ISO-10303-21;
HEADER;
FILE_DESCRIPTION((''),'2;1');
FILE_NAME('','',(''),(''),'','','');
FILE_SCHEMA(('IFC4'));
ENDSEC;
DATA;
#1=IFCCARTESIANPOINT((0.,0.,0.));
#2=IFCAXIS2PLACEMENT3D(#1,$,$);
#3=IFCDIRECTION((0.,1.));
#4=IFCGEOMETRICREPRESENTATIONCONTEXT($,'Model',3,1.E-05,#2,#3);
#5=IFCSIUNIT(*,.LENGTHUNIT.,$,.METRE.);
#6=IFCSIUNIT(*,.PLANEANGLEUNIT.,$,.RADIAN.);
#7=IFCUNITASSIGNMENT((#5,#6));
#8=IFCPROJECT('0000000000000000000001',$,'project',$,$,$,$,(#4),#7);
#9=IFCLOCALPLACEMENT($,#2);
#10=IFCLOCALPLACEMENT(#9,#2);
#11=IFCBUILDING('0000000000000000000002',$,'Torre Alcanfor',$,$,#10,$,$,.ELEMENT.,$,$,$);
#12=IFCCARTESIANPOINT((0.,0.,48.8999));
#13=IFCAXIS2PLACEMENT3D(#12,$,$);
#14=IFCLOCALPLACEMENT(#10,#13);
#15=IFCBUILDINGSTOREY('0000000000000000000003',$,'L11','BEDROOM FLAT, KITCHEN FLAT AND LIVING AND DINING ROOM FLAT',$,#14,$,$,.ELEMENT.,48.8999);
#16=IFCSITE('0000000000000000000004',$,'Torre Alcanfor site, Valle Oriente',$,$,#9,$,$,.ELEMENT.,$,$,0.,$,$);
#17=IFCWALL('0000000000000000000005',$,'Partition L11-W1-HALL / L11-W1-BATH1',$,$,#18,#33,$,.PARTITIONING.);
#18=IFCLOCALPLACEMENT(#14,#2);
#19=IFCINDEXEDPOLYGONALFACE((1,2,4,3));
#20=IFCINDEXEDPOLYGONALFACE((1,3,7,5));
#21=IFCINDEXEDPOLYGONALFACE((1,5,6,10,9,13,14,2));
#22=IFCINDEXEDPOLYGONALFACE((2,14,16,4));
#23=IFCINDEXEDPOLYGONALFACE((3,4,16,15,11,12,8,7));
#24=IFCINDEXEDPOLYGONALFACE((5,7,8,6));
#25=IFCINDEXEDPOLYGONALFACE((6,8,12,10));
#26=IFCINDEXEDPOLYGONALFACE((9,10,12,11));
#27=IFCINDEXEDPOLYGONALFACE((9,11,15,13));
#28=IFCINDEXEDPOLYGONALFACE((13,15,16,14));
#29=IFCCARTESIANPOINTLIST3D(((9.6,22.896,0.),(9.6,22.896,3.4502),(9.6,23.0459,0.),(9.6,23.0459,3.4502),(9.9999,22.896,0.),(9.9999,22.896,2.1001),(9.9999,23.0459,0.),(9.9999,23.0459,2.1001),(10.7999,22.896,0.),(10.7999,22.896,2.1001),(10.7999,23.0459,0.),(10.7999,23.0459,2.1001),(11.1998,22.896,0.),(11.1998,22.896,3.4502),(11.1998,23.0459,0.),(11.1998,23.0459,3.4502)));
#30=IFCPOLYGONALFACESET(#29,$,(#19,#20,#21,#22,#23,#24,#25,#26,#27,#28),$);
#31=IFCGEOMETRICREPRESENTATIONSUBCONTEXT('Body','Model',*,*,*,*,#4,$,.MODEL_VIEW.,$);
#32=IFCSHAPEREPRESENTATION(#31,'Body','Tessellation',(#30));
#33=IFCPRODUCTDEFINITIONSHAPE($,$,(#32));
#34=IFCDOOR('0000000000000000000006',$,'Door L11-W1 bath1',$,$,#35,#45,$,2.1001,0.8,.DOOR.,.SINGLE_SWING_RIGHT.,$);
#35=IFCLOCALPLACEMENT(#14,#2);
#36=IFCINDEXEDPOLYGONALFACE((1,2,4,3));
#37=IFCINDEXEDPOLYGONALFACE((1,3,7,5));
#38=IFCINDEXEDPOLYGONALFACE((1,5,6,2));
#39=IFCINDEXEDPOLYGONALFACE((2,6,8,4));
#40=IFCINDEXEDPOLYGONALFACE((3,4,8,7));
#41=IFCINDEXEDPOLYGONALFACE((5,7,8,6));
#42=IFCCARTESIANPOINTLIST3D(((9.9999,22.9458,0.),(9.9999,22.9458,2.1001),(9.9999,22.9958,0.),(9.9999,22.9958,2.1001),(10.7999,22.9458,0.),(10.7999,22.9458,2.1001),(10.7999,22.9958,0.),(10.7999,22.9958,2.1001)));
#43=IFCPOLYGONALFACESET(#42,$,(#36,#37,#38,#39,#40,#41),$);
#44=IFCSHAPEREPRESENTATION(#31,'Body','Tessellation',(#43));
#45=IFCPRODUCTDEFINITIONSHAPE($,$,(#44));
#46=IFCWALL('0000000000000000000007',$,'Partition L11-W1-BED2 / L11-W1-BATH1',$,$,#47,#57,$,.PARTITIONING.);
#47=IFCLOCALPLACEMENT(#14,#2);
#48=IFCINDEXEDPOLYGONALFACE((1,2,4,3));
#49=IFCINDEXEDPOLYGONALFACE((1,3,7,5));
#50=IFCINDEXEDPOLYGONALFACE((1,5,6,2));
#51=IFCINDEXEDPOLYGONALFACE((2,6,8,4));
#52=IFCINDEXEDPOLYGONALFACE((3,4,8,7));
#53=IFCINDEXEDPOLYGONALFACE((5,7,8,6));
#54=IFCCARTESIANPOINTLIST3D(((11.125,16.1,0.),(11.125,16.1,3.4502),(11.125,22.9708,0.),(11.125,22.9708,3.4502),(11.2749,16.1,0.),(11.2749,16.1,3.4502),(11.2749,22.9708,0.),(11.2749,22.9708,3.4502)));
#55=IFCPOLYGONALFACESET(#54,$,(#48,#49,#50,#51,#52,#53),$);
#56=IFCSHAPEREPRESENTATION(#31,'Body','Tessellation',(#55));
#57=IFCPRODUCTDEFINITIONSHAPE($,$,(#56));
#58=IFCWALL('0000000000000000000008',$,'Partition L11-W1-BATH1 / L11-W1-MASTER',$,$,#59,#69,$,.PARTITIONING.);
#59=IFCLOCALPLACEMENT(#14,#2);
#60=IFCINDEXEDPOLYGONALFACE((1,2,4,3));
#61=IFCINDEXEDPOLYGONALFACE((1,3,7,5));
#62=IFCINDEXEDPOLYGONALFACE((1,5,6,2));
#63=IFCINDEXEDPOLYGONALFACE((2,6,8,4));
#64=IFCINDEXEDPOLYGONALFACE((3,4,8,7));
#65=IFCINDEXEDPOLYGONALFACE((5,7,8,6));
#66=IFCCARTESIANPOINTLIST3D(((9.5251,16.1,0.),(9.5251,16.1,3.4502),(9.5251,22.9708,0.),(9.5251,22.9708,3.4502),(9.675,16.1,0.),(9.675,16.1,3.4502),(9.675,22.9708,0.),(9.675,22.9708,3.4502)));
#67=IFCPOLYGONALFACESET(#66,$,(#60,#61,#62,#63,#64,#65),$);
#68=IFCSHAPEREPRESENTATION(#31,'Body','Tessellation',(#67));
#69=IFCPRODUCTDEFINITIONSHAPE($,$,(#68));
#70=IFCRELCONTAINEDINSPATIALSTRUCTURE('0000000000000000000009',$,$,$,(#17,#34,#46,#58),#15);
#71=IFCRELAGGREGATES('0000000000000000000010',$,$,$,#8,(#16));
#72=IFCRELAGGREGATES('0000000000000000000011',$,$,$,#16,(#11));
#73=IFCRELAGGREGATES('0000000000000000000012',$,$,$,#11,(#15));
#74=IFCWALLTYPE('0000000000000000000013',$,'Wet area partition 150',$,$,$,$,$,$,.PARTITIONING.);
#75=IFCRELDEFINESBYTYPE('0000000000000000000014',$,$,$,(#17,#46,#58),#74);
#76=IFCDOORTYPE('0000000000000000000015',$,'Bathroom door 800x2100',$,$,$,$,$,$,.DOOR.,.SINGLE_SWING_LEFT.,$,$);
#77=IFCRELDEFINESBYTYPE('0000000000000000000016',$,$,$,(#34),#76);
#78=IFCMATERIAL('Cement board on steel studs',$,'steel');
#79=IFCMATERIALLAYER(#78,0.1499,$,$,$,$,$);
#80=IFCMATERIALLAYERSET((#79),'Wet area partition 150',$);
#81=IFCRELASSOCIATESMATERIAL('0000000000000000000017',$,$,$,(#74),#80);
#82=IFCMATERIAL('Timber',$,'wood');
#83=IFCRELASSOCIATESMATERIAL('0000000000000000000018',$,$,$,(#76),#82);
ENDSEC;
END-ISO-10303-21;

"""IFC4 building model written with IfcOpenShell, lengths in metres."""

from ifc_helpers import new_model, si_unit, direction, frame, frame_2d, origin, place, context, subcontext, project, spatial, rectangle, extrude, material, layer, layer_set, type_object, element, fill, save


model = new_model("IFC4")

# Units and contexts
model_context = context("Model", 3, precision=1e-05, world=origin(), true_north=direction((0.0, 1.0)))
body_context = subcontext(model_context, "Body", "Model", "MODEL_VIEW")
ifc_project = project(units=[si_unit("LENGTHUNIT", "METRE"), si_unit("PLANEANGLEUNIT", "RADIAN")], contexts=[model_context])

# Site, building, storey
site_placement = place(None, origin())
site = spatial("IfcSite", under=ifc_project, at=site_placement, Name="Torre Alcanfor site, Valle Oriente", CompositionType="ELEMENT", RefElevation=0.0)
building_placement = place(site_placement, origin())
building = spatial("IfcBuilding", under=site, at=building_placement, Name="Torre Alcanfor", CompositionType="ELEMENT")
storey_placement = place(building_placement, frame((0.0, 0.0, 48.8999)))
storey = spatial("IfcBuildingStorey", under=building, at=storey_placement, Name="L11", Description="BEDROOM FLAT, KITCHEN FLAT AND LIVING AND DINING ROOM FLAT", CompositionType="ELEMENT", Elevation=48.8999)

# Wall, opening, door
ifc_material_1 = material(Name="Cement board on steel studs", Category="steel")
ifc_layer_1 = layer(ifc_material_1, 0.1499)
ifc_layer_set_1 = layer_set([ifc_layer_1], Name="Wet area partition 150")
wall_type_1 = type_object("IfcWallType", Name="Wet area partition 150", PredefinedType="PARTITIONING", material=ifc_layer_set_1)
wall_1_placement = place(storey_placement, frame((9.6001, 22.9709, 0.0), z_axis=(0.0, 0.0, 1.0), x_axis=(1.0, 0.0, 0.0)))
wall_1 = element("IfcWall", 1, at=wall_1_placement, inside=storey, type_object=wall_type_1, Name="Partition L11-W1-HALL / L11-W1-BATH1", PredefinedType="PARTITIONING", context=body_context, shape_type="SweptSolid", body=[
    extrude(rectangle(XDim=1.5999, YDim=0.1499, at=frame_2d((0.7998, 0.0))), origin(), (0.0, 0.0, 1.0), 3.4502),
])
opening_1_placement = place(wall_1_placement, frame((0.3999, 0.0, 0.0)))
opening_1 = element("IfcOpeningElement", 2, at=opening_1_placement, cuts=wall_1, PredefinedType="OPENING", context=body_context, shape_type="SweptSolid", body=[
    extrude(rectangle(XDim=0.8, YDim=2.1001, at=frame_2d((0.3999, 1.05))), frame((0.0, 0.085, 0.0), z_axis=(0.0, -1.0, 0.0), x_axis=(1.0, 0.0, 0.0)), (0.0, 0.0, 1.0), 0.1699),
])
ifc_material_2 = material(Name="Timber", Category="wood")
door_type_1 = type_object("IfcDoorType", Name="Bathroom door 800x2100", OperationType="SINGLE_SWING_LEFT", PredefinedType="DOOR", material=ifc_material_2)
door_1_placement = place(opening_1_placement, frame((0.8, 0.0, 0.0), z_axis=(0.0, 0.0, 1.0), x_axis=(-1.0, 0.0, 0.0)))
door_1 = element("IfcDoor", 3, at=door_1_placement, inside=storey, type_object=door_type_1, Name="Door L11-W1 bath1", OperationType="SINGLE_SWING_RIGHT", OverallHeight=2.1001, OverallWidth=0.8, PredefinedType="DOOR", context=body_context, shape_type="SweptSolid", body=[
    extrude(rectangle(XDim=0.8, YDim=2.1001, at=frame_2d((0.4001, 1.05))), frame((0.0, 0.0251, 0.0), z_axis=(0.0, -1.0, 0.0), x_axis=(1.0, 0.0, 0.0)), (0.0, 0.0, 1.0), 0.05),
])
fill(opening_1, door_1)

# Walls
for number, where, z_axis, x_axis, name in (
    (4, (11.2, 22.9709, 0.0), (0.0, 0.0, 1.0), (0.0, -1.0, 0.0), "Partition L11-W1-BED2 / L11-W1-BATH1"),
    (5, (9.6001, 22.9709, 0.0), (0.0, 0.0, 1.0), (0.0, -1.0, 0.0), "Partition L11-W1-BATH1 / L11-W1-MASTER"),
):
    element("IfcWall", number, at=place(storey_placement, frame(where, z_axis=z_axis, x_axis=x_axis)), inside=storey, type_object=wall_type_1, Name=name, PredefinedType="PARTITIONING", context=body_context, shape_type="SweptSolid", body=[
        extrude(rectangle(XDim=6.8708, YDim=0.1499, at=frame_2d((3.4355, 0.0))), origin(), (0.0, 0.0, 1.0), 3.4502),
    ])

save(model, "model.ifc")
